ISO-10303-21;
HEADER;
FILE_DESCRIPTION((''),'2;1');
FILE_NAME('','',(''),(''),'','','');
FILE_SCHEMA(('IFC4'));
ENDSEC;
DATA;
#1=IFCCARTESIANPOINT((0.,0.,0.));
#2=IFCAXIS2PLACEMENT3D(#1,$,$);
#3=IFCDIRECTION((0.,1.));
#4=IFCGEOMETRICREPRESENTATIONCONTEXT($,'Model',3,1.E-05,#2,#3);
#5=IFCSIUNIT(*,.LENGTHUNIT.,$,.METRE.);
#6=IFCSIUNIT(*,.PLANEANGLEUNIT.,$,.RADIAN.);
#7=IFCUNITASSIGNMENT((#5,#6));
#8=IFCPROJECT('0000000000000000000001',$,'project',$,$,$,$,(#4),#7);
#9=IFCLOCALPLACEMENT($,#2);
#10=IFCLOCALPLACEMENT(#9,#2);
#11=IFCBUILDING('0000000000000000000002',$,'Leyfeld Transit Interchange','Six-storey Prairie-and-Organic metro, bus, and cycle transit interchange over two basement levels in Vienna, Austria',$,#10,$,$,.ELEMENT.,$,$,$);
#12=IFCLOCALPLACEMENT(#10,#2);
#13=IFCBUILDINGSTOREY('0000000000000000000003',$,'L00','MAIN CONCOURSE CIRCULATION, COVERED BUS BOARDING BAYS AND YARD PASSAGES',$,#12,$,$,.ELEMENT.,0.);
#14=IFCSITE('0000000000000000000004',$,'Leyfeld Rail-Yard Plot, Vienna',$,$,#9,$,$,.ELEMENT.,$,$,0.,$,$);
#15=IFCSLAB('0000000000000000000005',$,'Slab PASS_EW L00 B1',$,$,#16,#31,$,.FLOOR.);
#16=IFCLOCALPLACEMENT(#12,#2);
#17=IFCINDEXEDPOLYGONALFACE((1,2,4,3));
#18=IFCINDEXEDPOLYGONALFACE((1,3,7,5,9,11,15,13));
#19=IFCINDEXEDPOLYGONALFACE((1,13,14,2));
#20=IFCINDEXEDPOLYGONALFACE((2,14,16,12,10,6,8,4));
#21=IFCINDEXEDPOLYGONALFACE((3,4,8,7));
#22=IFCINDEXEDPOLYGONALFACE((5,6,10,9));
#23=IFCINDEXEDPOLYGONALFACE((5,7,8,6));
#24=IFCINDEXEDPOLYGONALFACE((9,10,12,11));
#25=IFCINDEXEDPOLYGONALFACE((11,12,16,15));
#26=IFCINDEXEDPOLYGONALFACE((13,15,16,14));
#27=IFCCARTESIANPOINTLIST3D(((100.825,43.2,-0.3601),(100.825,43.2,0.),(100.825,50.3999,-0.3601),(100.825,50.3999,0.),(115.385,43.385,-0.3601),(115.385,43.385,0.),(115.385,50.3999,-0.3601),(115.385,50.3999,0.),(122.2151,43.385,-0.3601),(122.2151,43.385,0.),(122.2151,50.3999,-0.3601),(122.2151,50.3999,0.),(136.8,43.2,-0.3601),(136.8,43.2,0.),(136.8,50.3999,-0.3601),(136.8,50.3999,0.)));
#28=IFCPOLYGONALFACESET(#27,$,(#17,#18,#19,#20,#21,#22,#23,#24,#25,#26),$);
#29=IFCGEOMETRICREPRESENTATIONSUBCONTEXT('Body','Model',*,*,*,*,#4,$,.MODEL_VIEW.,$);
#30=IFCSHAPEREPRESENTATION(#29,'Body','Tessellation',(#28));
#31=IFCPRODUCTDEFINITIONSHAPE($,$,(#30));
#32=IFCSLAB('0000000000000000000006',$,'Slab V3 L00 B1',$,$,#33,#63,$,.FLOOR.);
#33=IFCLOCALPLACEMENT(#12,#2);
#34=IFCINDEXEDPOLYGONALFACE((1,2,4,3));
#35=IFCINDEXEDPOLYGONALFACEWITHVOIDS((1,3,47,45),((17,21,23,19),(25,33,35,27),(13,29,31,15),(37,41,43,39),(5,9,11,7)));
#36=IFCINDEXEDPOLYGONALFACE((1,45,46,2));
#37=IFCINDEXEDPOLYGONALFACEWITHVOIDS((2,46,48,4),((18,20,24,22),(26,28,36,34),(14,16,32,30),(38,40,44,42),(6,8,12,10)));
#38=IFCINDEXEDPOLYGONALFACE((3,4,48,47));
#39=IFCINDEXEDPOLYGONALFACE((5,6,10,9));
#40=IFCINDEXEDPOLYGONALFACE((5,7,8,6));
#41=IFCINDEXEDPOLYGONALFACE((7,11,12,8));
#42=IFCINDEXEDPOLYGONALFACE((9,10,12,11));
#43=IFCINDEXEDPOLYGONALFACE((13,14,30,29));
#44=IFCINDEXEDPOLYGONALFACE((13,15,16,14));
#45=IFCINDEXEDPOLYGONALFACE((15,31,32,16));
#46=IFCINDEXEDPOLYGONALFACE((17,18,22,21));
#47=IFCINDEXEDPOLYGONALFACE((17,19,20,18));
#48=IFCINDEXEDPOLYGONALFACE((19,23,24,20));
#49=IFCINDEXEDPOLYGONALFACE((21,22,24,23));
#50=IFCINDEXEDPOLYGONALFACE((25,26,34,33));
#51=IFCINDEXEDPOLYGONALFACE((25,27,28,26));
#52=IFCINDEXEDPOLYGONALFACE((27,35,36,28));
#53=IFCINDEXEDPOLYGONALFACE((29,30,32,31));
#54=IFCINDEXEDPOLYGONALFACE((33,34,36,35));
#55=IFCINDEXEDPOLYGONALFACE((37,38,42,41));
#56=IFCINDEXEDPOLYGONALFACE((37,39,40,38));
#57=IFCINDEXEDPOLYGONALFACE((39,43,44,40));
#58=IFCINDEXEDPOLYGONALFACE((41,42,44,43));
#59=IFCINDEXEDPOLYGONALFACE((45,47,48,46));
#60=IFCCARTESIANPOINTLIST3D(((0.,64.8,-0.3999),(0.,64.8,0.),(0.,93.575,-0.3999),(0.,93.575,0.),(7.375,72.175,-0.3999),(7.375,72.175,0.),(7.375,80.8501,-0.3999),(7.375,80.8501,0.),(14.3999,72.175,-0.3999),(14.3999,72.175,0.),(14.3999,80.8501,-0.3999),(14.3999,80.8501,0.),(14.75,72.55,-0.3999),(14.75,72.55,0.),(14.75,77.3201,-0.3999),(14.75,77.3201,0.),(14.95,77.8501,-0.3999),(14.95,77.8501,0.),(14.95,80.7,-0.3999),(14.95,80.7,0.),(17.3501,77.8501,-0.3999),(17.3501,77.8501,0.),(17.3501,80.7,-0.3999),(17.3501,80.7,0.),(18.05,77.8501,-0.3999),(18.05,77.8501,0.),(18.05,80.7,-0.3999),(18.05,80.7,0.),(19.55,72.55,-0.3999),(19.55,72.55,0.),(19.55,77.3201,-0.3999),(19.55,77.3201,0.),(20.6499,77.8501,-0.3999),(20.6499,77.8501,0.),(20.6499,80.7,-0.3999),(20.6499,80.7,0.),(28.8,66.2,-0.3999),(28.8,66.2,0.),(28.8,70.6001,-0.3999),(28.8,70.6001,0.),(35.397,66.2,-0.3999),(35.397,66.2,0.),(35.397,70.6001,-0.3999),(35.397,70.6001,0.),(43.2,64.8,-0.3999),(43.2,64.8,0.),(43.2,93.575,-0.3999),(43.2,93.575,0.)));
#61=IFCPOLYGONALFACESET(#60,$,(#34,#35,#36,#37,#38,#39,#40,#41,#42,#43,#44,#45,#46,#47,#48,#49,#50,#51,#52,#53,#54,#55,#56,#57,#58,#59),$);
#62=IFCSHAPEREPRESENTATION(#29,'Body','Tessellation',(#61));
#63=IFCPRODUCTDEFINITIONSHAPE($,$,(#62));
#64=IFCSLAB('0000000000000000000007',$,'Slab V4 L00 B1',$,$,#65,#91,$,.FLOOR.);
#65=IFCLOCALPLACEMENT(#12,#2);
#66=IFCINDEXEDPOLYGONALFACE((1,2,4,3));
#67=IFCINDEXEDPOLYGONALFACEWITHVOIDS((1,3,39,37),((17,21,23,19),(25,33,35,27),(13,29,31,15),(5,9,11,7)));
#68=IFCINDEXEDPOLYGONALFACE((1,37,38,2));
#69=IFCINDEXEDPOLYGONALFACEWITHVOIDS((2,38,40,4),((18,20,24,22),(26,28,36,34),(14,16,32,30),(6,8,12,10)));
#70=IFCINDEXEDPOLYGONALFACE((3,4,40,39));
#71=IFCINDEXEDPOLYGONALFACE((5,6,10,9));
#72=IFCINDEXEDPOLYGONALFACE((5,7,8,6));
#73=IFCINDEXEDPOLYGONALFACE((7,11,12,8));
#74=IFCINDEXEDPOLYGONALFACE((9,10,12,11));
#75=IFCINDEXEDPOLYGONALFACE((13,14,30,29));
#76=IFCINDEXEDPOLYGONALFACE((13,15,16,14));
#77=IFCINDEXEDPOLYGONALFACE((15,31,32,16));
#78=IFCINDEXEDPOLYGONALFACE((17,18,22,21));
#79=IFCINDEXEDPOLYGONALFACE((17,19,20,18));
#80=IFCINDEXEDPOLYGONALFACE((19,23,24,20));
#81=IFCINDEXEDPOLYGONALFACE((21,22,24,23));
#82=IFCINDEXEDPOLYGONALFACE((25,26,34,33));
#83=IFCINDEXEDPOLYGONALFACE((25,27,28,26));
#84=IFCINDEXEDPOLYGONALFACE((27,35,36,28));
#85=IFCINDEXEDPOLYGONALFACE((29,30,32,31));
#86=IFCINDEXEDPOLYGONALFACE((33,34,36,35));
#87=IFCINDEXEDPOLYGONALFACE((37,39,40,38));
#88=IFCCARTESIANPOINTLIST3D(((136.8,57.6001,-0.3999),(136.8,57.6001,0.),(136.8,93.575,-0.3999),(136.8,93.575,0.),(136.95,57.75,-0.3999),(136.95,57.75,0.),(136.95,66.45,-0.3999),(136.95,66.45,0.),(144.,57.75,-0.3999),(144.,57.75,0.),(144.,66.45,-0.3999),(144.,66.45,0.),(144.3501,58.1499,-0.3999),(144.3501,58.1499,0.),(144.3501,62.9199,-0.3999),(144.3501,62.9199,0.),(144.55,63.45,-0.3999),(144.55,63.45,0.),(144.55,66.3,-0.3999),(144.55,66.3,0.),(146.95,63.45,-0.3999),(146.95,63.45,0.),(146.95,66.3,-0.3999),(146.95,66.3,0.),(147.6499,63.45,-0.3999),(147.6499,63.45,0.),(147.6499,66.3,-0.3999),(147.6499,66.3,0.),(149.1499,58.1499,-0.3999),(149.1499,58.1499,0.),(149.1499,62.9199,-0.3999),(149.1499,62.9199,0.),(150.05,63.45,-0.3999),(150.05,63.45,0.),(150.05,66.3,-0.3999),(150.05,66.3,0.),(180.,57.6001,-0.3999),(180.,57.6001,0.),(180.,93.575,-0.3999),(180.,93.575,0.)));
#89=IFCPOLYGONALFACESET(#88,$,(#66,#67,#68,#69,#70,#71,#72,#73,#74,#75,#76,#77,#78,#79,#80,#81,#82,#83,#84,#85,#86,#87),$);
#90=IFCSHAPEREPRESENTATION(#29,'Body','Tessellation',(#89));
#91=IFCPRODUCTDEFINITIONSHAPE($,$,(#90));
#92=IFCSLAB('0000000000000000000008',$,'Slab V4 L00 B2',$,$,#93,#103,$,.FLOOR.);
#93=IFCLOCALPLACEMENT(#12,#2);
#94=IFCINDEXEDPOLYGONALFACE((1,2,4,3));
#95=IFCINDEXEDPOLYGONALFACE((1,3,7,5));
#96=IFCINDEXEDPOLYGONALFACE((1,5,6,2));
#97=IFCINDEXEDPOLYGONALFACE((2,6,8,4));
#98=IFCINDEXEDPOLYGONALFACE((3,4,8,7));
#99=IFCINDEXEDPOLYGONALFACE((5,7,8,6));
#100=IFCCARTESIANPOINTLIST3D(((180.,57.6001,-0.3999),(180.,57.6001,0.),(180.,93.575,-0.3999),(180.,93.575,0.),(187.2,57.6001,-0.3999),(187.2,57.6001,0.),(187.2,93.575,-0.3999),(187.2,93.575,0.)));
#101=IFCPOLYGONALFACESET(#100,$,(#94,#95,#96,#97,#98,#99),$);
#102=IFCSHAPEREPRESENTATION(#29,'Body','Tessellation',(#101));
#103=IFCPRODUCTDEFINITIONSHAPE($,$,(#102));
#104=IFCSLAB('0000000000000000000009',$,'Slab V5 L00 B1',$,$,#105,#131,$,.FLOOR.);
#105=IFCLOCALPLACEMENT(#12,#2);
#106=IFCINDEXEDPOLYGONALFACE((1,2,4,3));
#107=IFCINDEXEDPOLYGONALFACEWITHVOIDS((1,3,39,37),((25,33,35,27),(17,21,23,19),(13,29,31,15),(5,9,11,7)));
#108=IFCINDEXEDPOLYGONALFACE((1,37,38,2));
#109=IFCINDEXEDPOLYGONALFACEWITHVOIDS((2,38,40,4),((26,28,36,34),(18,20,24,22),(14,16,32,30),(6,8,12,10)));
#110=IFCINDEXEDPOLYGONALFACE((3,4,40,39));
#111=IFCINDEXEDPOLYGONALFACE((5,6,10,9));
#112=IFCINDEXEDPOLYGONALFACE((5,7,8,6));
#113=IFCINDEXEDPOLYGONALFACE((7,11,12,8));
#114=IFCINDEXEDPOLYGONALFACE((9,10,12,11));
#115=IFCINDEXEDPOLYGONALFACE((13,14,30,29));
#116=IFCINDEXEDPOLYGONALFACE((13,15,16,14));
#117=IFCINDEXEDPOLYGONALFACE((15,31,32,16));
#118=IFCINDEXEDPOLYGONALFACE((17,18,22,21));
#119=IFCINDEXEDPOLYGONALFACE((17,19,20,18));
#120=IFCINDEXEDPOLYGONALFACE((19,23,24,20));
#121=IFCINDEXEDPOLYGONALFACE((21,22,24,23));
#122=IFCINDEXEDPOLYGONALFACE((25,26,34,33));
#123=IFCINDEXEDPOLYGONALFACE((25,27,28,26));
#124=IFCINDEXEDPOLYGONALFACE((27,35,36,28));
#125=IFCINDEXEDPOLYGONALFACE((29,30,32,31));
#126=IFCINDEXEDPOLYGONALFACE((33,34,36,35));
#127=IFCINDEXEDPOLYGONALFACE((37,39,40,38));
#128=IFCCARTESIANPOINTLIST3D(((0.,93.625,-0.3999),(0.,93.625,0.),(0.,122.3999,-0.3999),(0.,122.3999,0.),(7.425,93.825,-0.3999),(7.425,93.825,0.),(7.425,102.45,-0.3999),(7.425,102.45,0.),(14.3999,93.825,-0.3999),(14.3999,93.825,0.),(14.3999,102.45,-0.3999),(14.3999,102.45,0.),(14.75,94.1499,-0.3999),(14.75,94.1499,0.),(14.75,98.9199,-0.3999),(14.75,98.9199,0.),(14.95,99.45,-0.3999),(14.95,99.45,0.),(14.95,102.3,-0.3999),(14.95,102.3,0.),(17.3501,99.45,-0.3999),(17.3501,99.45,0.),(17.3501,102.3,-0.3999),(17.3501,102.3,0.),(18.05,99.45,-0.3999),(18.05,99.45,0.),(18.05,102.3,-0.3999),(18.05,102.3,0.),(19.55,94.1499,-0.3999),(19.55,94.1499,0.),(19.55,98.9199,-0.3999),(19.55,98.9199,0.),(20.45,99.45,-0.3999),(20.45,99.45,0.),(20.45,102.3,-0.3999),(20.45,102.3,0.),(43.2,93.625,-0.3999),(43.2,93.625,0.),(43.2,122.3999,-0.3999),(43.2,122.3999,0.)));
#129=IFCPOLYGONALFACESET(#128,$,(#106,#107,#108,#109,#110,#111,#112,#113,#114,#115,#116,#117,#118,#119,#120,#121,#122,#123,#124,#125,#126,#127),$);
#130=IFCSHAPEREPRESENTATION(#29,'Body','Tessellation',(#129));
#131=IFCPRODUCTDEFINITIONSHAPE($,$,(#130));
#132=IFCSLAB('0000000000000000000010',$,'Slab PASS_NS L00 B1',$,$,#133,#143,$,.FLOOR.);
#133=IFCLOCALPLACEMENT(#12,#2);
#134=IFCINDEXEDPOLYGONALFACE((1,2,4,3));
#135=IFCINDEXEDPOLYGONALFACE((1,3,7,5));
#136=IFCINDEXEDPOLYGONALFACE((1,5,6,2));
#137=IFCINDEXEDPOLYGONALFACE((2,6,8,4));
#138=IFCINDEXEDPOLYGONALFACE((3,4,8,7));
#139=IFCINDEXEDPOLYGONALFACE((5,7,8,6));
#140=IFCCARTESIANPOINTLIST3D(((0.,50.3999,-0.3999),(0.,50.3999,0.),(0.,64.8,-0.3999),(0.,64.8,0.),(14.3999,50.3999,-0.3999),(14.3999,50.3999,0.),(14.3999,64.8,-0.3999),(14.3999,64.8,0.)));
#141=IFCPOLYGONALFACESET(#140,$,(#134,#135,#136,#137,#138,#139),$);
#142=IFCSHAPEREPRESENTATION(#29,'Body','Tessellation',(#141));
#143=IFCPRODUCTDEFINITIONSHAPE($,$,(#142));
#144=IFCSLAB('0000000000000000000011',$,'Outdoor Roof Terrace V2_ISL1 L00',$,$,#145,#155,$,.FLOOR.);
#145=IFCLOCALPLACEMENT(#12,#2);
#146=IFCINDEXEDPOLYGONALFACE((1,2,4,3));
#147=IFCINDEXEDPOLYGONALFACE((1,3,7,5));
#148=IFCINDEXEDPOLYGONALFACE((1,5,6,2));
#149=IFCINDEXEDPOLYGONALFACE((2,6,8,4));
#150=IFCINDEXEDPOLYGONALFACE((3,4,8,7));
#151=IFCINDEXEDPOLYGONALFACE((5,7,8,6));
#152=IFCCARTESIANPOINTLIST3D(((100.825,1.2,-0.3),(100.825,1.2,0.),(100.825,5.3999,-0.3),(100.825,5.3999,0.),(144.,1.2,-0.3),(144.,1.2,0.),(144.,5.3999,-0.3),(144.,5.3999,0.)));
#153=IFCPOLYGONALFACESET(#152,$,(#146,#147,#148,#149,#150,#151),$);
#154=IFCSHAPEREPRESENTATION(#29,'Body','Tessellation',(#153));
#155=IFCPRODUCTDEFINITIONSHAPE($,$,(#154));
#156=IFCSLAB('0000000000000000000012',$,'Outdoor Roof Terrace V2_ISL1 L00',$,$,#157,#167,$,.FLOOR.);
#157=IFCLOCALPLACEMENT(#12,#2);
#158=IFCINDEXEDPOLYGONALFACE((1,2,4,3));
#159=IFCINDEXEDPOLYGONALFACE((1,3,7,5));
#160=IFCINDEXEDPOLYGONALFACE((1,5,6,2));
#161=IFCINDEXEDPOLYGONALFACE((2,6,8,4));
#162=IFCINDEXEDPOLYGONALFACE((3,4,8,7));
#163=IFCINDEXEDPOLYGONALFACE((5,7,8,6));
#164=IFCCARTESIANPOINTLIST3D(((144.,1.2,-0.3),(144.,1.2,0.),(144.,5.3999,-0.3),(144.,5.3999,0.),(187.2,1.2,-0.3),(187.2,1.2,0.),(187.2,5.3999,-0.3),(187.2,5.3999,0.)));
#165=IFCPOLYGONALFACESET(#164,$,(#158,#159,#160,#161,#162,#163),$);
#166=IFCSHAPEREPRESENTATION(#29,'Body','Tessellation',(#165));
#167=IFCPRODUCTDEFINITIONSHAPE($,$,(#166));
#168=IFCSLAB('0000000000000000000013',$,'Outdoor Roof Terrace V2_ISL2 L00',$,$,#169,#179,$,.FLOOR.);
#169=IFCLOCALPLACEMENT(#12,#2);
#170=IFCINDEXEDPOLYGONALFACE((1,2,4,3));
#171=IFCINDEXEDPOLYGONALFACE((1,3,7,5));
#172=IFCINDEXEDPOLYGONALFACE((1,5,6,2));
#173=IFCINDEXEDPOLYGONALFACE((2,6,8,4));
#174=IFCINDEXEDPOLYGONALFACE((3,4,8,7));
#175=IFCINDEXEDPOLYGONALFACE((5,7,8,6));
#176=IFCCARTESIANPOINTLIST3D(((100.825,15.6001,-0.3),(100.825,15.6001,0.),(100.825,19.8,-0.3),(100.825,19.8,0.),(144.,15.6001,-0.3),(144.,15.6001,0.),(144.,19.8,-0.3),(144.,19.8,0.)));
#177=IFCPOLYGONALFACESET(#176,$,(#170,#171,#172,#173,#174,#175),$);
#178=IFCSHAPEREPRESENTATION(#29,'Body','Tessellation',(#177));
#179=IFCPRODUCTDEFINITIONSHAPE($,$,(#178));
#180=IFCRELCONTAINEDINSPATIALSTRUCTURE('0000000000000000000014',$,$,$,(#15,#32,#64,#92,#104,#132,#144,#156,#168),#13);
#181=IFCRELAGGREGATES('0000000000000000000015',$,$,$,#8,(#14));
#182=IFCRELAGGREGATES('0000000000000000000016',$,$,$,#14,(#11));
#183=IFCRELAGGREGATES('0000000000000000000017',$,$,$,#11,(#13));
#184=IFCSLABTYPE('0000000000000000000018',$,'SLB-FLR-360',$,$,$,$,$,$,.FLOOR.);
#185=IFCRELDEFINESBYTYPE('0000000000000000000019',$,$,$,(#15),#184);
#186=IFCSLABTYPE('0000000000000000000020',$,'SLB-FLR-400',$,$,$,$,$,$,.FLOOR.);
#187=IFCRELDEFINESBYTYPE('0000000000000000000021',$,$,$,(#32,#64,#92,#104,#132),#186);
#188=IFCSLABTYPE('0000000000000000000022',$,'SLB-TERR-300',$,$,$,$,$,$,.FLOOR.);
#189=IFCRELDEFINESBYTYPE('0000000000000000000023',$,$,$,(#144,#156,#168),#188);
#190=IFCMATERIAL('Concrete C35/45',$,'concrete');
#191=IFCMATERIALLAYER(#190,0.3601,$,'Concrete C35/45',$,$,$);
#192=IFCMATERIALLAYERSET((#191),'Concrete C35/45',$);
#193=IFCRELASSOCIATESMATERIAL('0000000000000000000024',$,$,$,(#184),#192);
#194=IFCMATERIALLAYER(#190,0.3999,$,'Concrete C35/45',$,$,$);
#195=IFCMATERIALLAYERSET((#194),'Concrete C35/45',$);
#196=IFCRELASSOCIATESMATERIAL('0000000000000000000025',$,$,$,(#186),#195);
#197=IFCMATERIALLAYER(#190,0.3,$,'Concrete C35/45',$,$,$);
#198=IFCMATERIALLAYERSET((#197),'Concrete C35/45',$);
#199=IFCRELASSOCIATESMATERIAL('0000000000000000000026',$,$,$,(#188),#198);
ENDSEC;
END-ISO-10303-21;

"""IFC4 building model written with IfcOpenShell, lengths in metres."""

from ifc_helpers import new_model, si_unit, direction, frame, origin, place, context, subcontext, project, spatial, polyline, outline, extrude, material, layer, layer_set, type_object, element, save


model = new_model("IFC4")

# Units and contexts
model_context = context("Model", 3, precision=1e-05, world=origin(), true_north=direction((0.0, 1.0)))
body_context = subcontext(model_context, "Body", "Model", "MODEL_VIEW")
ifc_project = project(units=[si_unit("LENGTHUNIT", "METRE"), si_unit("PLANEANGLEUNIT", "RADIAN")], contexts=[model_context])

# Site, building, storey
site_placement = place(None, origin())
site = spatial("IfcSite", under=ifc_project, at=site_placement, Name="Leyfeld Rail-Yard Plot, Vienna", CompositionType="ELEMENT", RefElevation=0.0)
building_placement = place(site_placement, origin())
building = spatial("IfcBuilding", under=site, at=building_placement, Name="Leyfeld Transit Interchange", Description="Six-storey Prairie-and-Organic metro, bus, and cycle transit interchange over two basement levels in Vienna, Austria", CompositionType="ELEMENT")
storey_placement = place(building_placement, origin())
storey = spatial("IfcBuildingStorey", under=building, at=storey_placement, Name="L00", Description="MAIN CONCOURSE CIRCULATION, COVERED BUS BOARDING BAYS AND YARD PASSAGES", CompositionType="ELEMENT", Elevation=0.0)

# Slabs
ifc_material_1 = material(Name="Concrete C35/45", Category="concrete")
ifc_layer_1 = layer(ifc_material_1, 0.3601, Name="Concrete C35/45")
ifc_layer_set_1 = layer_set([ifc_layer_1], Name="Concrete C35/45")
slab_type_1 = type_object("IfcSlabType", Name="SLB-FLR-360", PredefinedType="FLOOR", material=ifc_layer_set_1)
slab_1_placement = place(storey_placement, frame((0.0, 0.0, -0.3601)))
element("IfcSlab", 1, at=slab_1_placement, inside=storey, type_object=slab_type_1, Name="Slab PASS_EW L00 B1", PredefinedType="FLOOR", context=body_context, shape_type="SweptSolid", body=[
    extrude(outline(polyline([(100.825, 50.3999), (100.825, 43.2), (136.8, 43.2), (136.8, 50.3999), (122.2151, 50.3999), (122.2151, 43.385), (115.385, 43.385), (115.385, 50.3999), (100.825, 50.3999)])), origin(), (0.0, 0.0, 1.0), 0.3601),
])
ifc_layer_2 = layer(ifc_material_1, 0.3999, Name="Concrete C35/45")
ifc_layer_set_2 = layer_set([ifc_layer_2], Name="Concrete C35/45")
slab_type_2 = type_object("IfcSlabType", Name="SLB-FLR-400", PredefinedType="FLOOR", material=ifc_layer_set_2)
slab_2_placement = place(storey_placement, frame((0.0, 0.0, -0.3999)))
element("IfcSlab", 2, at=slab_2_placement, inside=storey, type_object=slab_type_2, Name="Slab V3 L00 B1", PredefinedType="FLOOR", context=body_context, shape_type="SweptSolid", body=[
    extrude(outline(polyline([(43.2, 64.8), (43.2, 93.575), (0.0, 93.575), (0.0, 64.8), (43.2, 64.8)]), holes=[polyline([(14.3999, 72.175), (7.375, 72.175), (7.375, 80.8501), (14.3999, 80.8501), (14.3999, 72.175)]), polyline([(14.75, 72.55), (14.75, 77.3201), (19.55, 77.3201), (19.55, 72.55), (14.75, 72.55)]), polyline([(14.95, 80.7), (17.3501, 80.7), (17.3501, 77.8501), (14.95, 77.8501), (14.95, 80.7)]), polyline([(20.6499, 80.7), (20.6499, 77.8501), (18.05, 77.8501), (18.05, 80.7), (20.6499, 80.7)]), polyline([(35.397, 66.2), (28.8, 66.2), (28.8, 70.6001), (35.397, 70.6001), (35.397, 66.2)])]), origin(), (0.0, 0.0, 1.0), 0.3999),
])
slab_3_placement = place(storey_placement, frame((0.0, 0.0, -0.3999)))
element("IfcSlab", 3, at=slab_3_placement, inside=storey, type_object=slab_type_2, Name="Slab V4 L00 B1", PredefinedType="FLOOR", context=body_context, shape_type="SweptSolid", body=[
    extrude(outline(polyline([(136.8, 93.575), (136.8, 57.6001), (180.0, 57.6001), (180.0, 93.575), (136.8, 93.575)]), holes=[polyline([(136.95, 57.75), (136.95, 66.45), (144.0, 66.45), (144.0, 57.75), (136.95, 57.75)]), polyline([(144.3501, 62.9199), (149.1499, 62.9199), (149.1499, 58.1499), (144.3501, 58.1499), (144.3501, 62.9199)]), polyline([(146.95, 66.3), (146.95, 63.45), (144.55, 63.45), (144.55, 66.3), (146.95, 66.3)]), polyline([(150.05, 63.45), (147.6499, 63.45), (147.6499, 66.3), (150.05, 66.3), (150.05, 63.45)])]), origin(), (0.0, 0.0, 1.0), 0.3999),
])
slab_4_placement = place(storey_placement, frame((0.0, 0.0, -0.3999)))
element("IfcSlab", 4, at=slab_4_placement, inside=storey, type_object=slab_type_2, Name="Slab V4 L00 B2", PredefinedType="FLOOR", context=body_context, shape_type="SweptSolid", body=[
    extrude(outline(polyline([(187.2, 93.575), (180.0, 93.575), (180.0, 57.6001), (187.2, 57.6001), (187.2, 93.575)])), origin(), (0.0, 0.0, 1.0), 0.3999),
])
slab_5_placement = place(storey_placement, frame((0.0, 0.0, -0.3999)))
element("IfcSlab", 5, at=slab_5_placement, inside=storey, type_object=slab_type_2, Name="Slab V5 L00 B1", PredefinedType="FLOOR", context=body_context, shape_type="SweptSolid", body=[
    extrude(outline(polyline([(0.0, 93.625), (43.2, 93.625), (43.2, 122.3999), (0.0, 122.3999), (0.0, 93.625)]), holes=[polyline([(14.3999, 93.825), (7.425, 93.825), (7.425, 102.45), (14.3999, 102.45), (14.3999, 93.825)]), polyline([(14.75, 94.1499), (14.75, 98.9199), (19.55, 98.9199), (19.55, 94.1499), (14.75, 94.1499)]), polyline([(14.95, 102.3), (17.3501, 102.3), (17.3501, 99.45), (14.95, 99.45), (14.95, 102.3)]), polyline([(20.45, 102.3), (20.45, 99.45), (18.05, 99.45), (18.05, 102.3), (20.45, 102.3)])]), origin(), (0.0, 0.0, 1.0), 0.3999),
])
slab_6_placement = place(storey_placement, frame((0.0, 0.0, -0.3999)))
element("IfcSlab", 6, at=slab_6_placement, inside=storey, type_object=slab_type_2, Name="Slab PASS_NS L00 B1", PredefinedType="FLOOR", context=body_context, shape_type="SweptSolid", body=[
    extrude(outline(polyline([(14.3999, 64.8), (0.0, 64.8), (0.0, 50.3999), (14.3999, 50.3999), (14.3999, 64.8)])), origin(), (0.0, 0.0, 1.0), 0.3999),
])
ifc_layer_3 = layer(ifc_material_1, 0.3, Name="Concrete C35/45")
ifc_layer_set_3 = layer_set([ifc_layer_3], Name="Concrete C35/45")
slab_type_3 = type_object("IfcSlabType", Name="SLB-TERR-300", PredefinedType="FLOOR", material=ifc_layer_set_3)
slab_7_placement = place(storey_placement, frame((0.0, 0.0, -0.3)))
element("IfcSlab", 7, at=slab_7_placement, inside=storey, type_object=slab_type_3, Name="Outdoor Roof Terrace V2_ISL1 L00", PredefinedType="FLOOR", context=body_context, shape_type="SweptSolid", body=[
    extrude(outline(polyline([(144.0, 5.3999), (100.825, 5.3999), (100.825, 1.2), (144.0, 1.2), (144.0, 5.3999)])), origin(), (0.0, 0.0, 1.0), 0.3),
])
slab_8_placement = place(storey_placement, frame((0.0, 0.0, -0.3)))
element("IfcSlab", 8, at=slab_8_placement, inside=storey, type_object=slab_type_3, Name="Outdoor Roof Terrace V2_ISL1 L00", PredefinedType="FLOOR", context=body_context, shape_type="SweptSolid", body=[
    extrude(outline(polyline([(187.2, 5.3999), (144.0, 5.3999), (144.0, 1.2), (187.2, 1.2), (187.2, 5.3999)])), origin(), (0.0, 0.0, 1.0), 0.3),
])
slab_9_placement = place(storey_placement, frame((0.0, 0.0, -0.3)))
element("IfcSlab", 9, at=slab_9_placement, inside=storey, type_object=slab_type_3, Name="Outdoor Roof Terrace V2_ISL2 L00", PredefinedType="FLOOR", context=body_context, shape_type="SweptSolid", body=[
    extrude(outline(polyline([(144.0, 19.8), (100.825, 19.8), (100.825, 15.6001), (144.0, 15.6001), (144.0, 19.8)])), origin(), (0.0, 0.0, 1.0), 0.3),
])

save(model, "model.ifc")
